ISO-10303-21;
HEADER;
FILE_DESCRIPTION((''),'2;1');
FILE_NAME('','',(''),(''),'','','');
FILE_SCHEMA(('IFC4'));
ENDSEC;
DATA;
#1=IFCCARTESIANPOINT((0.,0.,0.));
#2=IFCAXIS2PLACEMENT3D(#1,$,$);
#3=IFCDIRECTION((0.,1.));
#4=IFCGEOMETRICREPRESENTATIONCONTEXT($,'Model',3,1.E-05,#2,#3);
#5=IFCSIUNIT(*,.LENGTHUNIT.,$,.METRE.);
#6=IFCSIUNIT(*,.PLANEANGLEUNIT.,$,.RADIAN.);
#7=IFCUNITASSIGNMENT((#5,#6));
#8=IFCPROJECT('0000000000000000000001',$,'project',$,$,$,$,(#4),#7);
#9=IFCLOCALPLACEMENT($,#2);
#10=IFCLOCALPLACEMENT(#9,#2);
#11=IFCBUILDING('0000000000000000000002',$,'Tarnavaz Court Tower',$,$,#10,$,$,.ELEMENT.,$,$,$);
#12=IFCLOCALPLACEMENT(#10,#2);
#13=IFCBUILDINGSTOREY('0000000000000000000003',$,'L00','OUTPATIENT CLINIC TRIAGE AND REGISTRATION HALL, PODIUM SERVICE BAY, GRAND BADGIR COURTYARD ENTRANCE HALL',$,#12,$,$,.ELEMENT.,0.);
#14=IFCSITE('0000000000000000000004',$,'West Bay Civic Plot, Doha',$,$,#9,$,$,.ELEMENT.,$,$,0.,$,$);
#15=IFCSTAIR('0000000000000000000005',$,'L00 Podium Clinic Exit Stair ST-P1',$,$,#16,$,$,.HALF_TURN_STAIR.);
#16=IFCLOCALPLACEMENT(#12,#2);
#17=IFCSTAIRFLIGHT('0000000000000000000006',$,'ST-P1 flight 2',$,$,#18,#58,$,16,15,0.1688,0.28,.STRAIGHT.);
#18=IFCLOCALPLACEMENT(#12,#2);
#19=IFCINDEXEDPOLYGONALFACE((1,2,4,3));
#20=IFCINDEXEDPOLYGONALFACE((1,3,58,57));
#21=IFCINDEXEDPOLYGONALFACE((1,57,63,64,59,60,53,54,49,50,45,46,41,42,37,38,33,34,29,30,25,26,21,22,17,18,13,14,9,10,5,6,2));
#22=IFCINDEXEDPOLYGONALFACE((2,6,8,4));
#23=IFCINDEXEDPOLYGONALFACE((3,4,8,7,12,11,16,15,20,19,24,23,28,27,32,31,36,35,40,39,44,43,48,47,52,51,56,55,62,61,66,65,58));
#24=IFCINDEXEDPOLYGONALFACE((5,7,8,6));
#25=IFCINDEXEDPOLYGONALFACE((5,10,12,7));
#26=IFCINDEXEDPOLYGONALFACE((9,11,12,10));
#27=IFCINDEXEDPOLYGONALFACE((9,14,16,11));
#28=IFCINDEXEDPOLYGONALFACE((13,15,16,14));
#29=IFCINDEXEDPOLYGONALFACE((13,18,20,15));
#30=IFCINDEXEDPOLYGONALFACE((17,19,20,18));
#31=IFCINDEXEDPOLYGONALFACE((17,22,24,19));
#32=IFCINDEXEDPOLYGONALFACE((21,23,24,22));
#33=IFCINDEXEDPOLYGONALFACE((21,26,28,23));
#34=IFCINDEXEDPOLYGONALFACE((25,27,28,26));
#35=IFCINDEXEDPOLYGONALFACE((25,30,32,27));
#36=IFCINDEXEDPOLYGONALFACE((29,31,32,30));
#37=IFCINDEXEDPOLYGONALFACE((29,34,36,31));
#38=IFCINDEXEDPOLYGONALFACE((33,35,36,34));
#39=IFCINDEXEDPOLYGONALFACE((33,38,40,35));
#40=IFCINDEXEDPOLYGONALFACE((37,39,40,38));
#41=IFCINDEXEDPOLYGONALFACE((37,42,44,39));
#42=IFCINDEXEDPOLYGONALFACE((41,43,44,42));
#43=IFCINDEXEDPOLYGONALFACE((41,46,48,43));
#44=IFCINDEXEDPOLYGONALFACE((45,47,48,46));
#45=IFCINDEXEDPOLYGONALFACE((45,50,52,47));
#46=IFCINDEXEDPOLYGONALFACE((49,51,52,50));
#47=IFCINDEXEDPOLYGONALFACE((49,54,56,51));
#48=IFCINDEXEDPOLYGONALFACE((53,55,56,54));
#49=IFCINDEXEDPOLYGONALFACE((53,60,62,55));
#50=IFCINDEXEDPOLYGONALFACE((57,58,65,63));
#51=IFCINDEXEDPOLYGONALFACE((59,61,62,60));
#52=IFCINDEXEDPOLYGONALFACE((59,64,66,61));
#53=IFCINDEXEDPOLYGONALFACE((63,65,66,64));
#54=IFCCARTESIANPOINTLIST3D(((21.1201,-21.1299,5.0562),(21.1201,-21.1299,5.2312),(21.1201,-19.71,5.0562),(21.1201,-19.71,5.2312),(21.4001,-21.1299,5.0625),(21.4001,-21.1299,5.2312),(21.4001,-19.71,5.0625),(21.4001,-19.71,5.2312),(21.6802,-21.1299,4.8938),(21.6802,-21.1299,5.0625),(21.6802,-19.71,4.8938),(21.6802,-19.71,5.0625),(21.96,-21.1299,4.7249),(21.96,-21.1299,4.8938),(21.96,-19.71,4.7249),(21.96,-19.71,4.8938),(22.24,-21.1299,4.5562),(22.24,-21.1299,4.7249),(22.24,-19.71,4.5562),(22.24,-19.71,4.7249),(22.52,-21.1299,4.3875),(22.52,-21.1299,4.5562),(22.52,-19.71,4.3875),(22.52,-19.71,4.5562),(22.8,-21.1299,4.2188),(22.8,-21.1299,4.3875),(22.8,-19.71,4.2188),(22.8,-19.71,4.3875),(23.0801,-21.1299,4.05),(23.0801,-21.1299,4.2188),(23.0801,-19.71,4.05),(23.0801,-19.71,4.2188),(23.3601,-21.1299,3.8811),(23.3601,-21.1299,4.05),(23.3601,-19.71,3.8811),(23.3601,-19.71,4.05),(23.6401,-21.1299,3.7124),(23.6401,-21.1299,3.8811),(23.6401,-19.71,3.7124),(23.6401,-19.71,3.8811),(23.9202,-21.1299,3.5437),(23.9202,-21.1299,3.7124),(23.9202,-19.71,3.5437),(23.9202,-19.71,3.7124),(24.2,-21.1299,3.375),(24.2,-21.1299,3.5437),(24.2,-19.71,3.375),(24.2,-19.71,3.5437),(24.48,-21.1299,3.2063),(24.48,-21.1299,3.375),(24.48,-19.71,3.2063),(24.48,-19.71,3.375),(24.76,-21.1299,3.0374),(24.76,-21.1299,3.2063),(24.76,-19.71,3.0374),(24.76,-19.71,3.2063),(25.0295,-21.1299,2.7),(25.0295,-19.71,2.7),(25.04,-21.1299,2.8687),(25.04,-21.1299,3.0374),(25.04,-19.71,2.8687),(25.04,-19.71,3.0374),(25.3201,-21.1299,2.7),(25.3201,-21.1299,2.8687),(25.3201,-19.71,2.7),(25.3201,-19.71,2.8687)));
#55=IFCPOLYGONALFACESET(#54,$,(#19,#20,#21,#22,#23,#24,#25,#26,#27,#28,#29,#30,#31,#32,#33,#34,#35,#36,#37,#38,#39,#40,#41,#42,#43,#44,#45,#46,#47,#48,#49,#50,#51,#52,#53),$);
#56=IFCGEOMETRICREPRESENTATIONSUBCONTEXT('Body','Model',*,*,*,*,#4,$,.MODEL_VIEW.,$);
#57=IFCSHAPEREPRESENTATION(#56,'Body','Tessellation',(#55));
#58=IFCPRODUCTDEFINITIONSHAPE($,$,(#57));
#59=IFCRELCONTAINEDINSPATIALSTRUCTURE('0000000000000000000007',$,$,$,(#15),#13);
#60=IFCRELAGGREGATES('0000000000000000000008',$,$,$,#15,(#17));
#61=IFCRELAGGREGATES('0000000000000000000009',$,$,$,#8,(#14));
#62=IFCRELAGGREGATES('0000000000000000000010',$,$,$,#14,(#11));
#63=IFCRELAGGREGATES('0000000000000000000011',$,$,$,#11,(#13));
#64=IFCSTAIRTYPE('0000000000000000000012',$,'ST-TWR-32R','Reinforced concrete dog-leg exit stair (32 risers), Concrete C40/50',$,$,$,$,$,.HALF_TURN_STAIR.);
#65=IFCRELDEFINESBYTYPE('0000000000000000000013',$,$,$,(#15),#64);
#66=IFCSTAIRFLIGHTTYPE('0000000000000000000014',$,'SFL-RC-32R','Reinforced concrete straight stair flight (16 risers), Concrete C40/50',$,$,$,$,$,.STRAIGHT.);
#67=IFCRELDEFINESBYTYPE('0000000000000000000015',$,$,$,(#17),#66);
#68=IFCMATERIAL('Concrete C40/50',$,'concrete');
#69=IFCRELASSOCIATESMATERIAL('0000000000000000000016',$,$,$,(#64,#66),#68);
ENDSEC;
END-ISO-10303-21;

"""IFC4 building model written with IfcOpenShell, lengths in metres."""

from ifc_helpers import new_model, si_unit, direction, frame, origin, place, context, subcontext, project, spatial, polyline, outline, extrude, material, type_object, element, aggregate, save


model = new_model("IFC4")

# Units and contexts
model_context = context("Model", 3, precision=1e-05, world=origin(), true_north=direction((0.0, 1.0)))
body_context = subcontext(model_context, "Body", "Model", "MODEL_VIEW")
ifc_project = project(units=[si_unit("LENGTHUNIT", "METRE"), si_unit("PLANEANGLEUNIT", "RADIAN")], contexts=[model_context])

# Site, building, storey
site_placement = place(None, origin())
site = spatial("IfcSite", under=ifc_project, at=site_placement, Name="West Bay Civic Plot, Doha", CompositionType="ELEMENT", RefElevation=0.0)
building_placement = place(site_placement, origin())
building = spatial("IfcBuilding", under=site, at=building_placement, Name="Tarnavaz Court Tower", CompositionType="ELEMENT")
storey_placement = place(building_placement, origin())
storey = spatial("IfcBuildingStorey", under=building, at=storey_placement, Name="L00", Description="OUTPATIENT CLINIC TRIAGE AND REGISTRATION HALL, PODIUM SERVICE BAY, GRAND BADGIR COURTYARD ENTRANCE HALL", CompositionType="ELEMENT", Elevation=0.0)

# Stair, stair flight
ifc_material_1 = material(Name="Concrete C40/50", Category="concrete")
stair_type = type_object("IfcStairType", Name="ST-TWR-32R", Description="Reinforced concrete dog-leg exit stair (32 risers), Concrete C40/50", PredefinedType="HALF_TURN_STAIR", material=ifc_material_1)
stair_placement = place(storey_placement, origin())
stair = element("IfcStair", 1, at=stair_placement, inside=storey, type_object=stair_type, Name="L00 Podium Clinic Exit Stair ST-P1", PredefinedType="HALF_TURN_STAIR")
stair_flight_type = type_object("IfcStairFlightType", Name="SFL-RC-32R", Description="Reinforced concrete straight stair flight (16 risers), Concrete C40/50", PredefinedType="STRAIGHT", material=ifc_material_1)
stair_flight_1_placement = place(storey_placement, frame((25.3201, -20.4199, 2.7), z_axis=(0.0, 0.0, 1.0), x_axis=(-1.0, 0.0, 0.0)))
stair_flight_1 = element("IfcStairFlight", 2, at=stair_flight_1_placement, type_object=stair_flight_type, Name="ST-P1 flight 2", NumberOfRisers=16, NumberOfTreads=15, PredefinedType="STRAIGHT", RiserHeight=0.1688, TreadLength=0.28, context=body_context, shape_type="SweptSolid", body=[
    extrude(outline(polyline([(0.0, 0.0), (0.0, 0.1687), (0.28, 0.1687), (0.28, 0.3374), (0.5601, 0.3374), (0.5601, 0.5063), (0.8401, 0.5063), (0.8401, 0.675), (1.1201, 0.675), (1.1201, 0.8438), (1.3999, 0.8438), (1.3999, 1.0125), (1.6799, 1.0125), (1.6799, 1.1812), (1.96, 1.1812), (1.96, 1.3501), (2.24, 1.3501), (2.24, 1.5188), (2.52, 1.5188), (2.52, 1.6875), (2.8, 1.6875), (2.8, 1.8562), (3.0801, 1.8562), (3.0801, 2.0249), (3.3601, 2.0249), (3.3601, 2.1938), (3.6399, 2.1938), (3.6399, 2.3625), (3.9199, 2.3625), (3.9199, 2.5312), (4.2, 2.5312), (4.2, 2.7), (4.2, 2.3562), (0.2905, 0.0), (0.0, 0.0)])), frame((0.0, 0.71, 0.0), z_axis=(0.0, -1.0, 0.0), x_axis=(1.0, 0.0, 0.0)), (0.0, 0.0, 1.0), 1.4199),
])
aggregate(stair, [stair_flight_1])

save(model, "model.ifc")
